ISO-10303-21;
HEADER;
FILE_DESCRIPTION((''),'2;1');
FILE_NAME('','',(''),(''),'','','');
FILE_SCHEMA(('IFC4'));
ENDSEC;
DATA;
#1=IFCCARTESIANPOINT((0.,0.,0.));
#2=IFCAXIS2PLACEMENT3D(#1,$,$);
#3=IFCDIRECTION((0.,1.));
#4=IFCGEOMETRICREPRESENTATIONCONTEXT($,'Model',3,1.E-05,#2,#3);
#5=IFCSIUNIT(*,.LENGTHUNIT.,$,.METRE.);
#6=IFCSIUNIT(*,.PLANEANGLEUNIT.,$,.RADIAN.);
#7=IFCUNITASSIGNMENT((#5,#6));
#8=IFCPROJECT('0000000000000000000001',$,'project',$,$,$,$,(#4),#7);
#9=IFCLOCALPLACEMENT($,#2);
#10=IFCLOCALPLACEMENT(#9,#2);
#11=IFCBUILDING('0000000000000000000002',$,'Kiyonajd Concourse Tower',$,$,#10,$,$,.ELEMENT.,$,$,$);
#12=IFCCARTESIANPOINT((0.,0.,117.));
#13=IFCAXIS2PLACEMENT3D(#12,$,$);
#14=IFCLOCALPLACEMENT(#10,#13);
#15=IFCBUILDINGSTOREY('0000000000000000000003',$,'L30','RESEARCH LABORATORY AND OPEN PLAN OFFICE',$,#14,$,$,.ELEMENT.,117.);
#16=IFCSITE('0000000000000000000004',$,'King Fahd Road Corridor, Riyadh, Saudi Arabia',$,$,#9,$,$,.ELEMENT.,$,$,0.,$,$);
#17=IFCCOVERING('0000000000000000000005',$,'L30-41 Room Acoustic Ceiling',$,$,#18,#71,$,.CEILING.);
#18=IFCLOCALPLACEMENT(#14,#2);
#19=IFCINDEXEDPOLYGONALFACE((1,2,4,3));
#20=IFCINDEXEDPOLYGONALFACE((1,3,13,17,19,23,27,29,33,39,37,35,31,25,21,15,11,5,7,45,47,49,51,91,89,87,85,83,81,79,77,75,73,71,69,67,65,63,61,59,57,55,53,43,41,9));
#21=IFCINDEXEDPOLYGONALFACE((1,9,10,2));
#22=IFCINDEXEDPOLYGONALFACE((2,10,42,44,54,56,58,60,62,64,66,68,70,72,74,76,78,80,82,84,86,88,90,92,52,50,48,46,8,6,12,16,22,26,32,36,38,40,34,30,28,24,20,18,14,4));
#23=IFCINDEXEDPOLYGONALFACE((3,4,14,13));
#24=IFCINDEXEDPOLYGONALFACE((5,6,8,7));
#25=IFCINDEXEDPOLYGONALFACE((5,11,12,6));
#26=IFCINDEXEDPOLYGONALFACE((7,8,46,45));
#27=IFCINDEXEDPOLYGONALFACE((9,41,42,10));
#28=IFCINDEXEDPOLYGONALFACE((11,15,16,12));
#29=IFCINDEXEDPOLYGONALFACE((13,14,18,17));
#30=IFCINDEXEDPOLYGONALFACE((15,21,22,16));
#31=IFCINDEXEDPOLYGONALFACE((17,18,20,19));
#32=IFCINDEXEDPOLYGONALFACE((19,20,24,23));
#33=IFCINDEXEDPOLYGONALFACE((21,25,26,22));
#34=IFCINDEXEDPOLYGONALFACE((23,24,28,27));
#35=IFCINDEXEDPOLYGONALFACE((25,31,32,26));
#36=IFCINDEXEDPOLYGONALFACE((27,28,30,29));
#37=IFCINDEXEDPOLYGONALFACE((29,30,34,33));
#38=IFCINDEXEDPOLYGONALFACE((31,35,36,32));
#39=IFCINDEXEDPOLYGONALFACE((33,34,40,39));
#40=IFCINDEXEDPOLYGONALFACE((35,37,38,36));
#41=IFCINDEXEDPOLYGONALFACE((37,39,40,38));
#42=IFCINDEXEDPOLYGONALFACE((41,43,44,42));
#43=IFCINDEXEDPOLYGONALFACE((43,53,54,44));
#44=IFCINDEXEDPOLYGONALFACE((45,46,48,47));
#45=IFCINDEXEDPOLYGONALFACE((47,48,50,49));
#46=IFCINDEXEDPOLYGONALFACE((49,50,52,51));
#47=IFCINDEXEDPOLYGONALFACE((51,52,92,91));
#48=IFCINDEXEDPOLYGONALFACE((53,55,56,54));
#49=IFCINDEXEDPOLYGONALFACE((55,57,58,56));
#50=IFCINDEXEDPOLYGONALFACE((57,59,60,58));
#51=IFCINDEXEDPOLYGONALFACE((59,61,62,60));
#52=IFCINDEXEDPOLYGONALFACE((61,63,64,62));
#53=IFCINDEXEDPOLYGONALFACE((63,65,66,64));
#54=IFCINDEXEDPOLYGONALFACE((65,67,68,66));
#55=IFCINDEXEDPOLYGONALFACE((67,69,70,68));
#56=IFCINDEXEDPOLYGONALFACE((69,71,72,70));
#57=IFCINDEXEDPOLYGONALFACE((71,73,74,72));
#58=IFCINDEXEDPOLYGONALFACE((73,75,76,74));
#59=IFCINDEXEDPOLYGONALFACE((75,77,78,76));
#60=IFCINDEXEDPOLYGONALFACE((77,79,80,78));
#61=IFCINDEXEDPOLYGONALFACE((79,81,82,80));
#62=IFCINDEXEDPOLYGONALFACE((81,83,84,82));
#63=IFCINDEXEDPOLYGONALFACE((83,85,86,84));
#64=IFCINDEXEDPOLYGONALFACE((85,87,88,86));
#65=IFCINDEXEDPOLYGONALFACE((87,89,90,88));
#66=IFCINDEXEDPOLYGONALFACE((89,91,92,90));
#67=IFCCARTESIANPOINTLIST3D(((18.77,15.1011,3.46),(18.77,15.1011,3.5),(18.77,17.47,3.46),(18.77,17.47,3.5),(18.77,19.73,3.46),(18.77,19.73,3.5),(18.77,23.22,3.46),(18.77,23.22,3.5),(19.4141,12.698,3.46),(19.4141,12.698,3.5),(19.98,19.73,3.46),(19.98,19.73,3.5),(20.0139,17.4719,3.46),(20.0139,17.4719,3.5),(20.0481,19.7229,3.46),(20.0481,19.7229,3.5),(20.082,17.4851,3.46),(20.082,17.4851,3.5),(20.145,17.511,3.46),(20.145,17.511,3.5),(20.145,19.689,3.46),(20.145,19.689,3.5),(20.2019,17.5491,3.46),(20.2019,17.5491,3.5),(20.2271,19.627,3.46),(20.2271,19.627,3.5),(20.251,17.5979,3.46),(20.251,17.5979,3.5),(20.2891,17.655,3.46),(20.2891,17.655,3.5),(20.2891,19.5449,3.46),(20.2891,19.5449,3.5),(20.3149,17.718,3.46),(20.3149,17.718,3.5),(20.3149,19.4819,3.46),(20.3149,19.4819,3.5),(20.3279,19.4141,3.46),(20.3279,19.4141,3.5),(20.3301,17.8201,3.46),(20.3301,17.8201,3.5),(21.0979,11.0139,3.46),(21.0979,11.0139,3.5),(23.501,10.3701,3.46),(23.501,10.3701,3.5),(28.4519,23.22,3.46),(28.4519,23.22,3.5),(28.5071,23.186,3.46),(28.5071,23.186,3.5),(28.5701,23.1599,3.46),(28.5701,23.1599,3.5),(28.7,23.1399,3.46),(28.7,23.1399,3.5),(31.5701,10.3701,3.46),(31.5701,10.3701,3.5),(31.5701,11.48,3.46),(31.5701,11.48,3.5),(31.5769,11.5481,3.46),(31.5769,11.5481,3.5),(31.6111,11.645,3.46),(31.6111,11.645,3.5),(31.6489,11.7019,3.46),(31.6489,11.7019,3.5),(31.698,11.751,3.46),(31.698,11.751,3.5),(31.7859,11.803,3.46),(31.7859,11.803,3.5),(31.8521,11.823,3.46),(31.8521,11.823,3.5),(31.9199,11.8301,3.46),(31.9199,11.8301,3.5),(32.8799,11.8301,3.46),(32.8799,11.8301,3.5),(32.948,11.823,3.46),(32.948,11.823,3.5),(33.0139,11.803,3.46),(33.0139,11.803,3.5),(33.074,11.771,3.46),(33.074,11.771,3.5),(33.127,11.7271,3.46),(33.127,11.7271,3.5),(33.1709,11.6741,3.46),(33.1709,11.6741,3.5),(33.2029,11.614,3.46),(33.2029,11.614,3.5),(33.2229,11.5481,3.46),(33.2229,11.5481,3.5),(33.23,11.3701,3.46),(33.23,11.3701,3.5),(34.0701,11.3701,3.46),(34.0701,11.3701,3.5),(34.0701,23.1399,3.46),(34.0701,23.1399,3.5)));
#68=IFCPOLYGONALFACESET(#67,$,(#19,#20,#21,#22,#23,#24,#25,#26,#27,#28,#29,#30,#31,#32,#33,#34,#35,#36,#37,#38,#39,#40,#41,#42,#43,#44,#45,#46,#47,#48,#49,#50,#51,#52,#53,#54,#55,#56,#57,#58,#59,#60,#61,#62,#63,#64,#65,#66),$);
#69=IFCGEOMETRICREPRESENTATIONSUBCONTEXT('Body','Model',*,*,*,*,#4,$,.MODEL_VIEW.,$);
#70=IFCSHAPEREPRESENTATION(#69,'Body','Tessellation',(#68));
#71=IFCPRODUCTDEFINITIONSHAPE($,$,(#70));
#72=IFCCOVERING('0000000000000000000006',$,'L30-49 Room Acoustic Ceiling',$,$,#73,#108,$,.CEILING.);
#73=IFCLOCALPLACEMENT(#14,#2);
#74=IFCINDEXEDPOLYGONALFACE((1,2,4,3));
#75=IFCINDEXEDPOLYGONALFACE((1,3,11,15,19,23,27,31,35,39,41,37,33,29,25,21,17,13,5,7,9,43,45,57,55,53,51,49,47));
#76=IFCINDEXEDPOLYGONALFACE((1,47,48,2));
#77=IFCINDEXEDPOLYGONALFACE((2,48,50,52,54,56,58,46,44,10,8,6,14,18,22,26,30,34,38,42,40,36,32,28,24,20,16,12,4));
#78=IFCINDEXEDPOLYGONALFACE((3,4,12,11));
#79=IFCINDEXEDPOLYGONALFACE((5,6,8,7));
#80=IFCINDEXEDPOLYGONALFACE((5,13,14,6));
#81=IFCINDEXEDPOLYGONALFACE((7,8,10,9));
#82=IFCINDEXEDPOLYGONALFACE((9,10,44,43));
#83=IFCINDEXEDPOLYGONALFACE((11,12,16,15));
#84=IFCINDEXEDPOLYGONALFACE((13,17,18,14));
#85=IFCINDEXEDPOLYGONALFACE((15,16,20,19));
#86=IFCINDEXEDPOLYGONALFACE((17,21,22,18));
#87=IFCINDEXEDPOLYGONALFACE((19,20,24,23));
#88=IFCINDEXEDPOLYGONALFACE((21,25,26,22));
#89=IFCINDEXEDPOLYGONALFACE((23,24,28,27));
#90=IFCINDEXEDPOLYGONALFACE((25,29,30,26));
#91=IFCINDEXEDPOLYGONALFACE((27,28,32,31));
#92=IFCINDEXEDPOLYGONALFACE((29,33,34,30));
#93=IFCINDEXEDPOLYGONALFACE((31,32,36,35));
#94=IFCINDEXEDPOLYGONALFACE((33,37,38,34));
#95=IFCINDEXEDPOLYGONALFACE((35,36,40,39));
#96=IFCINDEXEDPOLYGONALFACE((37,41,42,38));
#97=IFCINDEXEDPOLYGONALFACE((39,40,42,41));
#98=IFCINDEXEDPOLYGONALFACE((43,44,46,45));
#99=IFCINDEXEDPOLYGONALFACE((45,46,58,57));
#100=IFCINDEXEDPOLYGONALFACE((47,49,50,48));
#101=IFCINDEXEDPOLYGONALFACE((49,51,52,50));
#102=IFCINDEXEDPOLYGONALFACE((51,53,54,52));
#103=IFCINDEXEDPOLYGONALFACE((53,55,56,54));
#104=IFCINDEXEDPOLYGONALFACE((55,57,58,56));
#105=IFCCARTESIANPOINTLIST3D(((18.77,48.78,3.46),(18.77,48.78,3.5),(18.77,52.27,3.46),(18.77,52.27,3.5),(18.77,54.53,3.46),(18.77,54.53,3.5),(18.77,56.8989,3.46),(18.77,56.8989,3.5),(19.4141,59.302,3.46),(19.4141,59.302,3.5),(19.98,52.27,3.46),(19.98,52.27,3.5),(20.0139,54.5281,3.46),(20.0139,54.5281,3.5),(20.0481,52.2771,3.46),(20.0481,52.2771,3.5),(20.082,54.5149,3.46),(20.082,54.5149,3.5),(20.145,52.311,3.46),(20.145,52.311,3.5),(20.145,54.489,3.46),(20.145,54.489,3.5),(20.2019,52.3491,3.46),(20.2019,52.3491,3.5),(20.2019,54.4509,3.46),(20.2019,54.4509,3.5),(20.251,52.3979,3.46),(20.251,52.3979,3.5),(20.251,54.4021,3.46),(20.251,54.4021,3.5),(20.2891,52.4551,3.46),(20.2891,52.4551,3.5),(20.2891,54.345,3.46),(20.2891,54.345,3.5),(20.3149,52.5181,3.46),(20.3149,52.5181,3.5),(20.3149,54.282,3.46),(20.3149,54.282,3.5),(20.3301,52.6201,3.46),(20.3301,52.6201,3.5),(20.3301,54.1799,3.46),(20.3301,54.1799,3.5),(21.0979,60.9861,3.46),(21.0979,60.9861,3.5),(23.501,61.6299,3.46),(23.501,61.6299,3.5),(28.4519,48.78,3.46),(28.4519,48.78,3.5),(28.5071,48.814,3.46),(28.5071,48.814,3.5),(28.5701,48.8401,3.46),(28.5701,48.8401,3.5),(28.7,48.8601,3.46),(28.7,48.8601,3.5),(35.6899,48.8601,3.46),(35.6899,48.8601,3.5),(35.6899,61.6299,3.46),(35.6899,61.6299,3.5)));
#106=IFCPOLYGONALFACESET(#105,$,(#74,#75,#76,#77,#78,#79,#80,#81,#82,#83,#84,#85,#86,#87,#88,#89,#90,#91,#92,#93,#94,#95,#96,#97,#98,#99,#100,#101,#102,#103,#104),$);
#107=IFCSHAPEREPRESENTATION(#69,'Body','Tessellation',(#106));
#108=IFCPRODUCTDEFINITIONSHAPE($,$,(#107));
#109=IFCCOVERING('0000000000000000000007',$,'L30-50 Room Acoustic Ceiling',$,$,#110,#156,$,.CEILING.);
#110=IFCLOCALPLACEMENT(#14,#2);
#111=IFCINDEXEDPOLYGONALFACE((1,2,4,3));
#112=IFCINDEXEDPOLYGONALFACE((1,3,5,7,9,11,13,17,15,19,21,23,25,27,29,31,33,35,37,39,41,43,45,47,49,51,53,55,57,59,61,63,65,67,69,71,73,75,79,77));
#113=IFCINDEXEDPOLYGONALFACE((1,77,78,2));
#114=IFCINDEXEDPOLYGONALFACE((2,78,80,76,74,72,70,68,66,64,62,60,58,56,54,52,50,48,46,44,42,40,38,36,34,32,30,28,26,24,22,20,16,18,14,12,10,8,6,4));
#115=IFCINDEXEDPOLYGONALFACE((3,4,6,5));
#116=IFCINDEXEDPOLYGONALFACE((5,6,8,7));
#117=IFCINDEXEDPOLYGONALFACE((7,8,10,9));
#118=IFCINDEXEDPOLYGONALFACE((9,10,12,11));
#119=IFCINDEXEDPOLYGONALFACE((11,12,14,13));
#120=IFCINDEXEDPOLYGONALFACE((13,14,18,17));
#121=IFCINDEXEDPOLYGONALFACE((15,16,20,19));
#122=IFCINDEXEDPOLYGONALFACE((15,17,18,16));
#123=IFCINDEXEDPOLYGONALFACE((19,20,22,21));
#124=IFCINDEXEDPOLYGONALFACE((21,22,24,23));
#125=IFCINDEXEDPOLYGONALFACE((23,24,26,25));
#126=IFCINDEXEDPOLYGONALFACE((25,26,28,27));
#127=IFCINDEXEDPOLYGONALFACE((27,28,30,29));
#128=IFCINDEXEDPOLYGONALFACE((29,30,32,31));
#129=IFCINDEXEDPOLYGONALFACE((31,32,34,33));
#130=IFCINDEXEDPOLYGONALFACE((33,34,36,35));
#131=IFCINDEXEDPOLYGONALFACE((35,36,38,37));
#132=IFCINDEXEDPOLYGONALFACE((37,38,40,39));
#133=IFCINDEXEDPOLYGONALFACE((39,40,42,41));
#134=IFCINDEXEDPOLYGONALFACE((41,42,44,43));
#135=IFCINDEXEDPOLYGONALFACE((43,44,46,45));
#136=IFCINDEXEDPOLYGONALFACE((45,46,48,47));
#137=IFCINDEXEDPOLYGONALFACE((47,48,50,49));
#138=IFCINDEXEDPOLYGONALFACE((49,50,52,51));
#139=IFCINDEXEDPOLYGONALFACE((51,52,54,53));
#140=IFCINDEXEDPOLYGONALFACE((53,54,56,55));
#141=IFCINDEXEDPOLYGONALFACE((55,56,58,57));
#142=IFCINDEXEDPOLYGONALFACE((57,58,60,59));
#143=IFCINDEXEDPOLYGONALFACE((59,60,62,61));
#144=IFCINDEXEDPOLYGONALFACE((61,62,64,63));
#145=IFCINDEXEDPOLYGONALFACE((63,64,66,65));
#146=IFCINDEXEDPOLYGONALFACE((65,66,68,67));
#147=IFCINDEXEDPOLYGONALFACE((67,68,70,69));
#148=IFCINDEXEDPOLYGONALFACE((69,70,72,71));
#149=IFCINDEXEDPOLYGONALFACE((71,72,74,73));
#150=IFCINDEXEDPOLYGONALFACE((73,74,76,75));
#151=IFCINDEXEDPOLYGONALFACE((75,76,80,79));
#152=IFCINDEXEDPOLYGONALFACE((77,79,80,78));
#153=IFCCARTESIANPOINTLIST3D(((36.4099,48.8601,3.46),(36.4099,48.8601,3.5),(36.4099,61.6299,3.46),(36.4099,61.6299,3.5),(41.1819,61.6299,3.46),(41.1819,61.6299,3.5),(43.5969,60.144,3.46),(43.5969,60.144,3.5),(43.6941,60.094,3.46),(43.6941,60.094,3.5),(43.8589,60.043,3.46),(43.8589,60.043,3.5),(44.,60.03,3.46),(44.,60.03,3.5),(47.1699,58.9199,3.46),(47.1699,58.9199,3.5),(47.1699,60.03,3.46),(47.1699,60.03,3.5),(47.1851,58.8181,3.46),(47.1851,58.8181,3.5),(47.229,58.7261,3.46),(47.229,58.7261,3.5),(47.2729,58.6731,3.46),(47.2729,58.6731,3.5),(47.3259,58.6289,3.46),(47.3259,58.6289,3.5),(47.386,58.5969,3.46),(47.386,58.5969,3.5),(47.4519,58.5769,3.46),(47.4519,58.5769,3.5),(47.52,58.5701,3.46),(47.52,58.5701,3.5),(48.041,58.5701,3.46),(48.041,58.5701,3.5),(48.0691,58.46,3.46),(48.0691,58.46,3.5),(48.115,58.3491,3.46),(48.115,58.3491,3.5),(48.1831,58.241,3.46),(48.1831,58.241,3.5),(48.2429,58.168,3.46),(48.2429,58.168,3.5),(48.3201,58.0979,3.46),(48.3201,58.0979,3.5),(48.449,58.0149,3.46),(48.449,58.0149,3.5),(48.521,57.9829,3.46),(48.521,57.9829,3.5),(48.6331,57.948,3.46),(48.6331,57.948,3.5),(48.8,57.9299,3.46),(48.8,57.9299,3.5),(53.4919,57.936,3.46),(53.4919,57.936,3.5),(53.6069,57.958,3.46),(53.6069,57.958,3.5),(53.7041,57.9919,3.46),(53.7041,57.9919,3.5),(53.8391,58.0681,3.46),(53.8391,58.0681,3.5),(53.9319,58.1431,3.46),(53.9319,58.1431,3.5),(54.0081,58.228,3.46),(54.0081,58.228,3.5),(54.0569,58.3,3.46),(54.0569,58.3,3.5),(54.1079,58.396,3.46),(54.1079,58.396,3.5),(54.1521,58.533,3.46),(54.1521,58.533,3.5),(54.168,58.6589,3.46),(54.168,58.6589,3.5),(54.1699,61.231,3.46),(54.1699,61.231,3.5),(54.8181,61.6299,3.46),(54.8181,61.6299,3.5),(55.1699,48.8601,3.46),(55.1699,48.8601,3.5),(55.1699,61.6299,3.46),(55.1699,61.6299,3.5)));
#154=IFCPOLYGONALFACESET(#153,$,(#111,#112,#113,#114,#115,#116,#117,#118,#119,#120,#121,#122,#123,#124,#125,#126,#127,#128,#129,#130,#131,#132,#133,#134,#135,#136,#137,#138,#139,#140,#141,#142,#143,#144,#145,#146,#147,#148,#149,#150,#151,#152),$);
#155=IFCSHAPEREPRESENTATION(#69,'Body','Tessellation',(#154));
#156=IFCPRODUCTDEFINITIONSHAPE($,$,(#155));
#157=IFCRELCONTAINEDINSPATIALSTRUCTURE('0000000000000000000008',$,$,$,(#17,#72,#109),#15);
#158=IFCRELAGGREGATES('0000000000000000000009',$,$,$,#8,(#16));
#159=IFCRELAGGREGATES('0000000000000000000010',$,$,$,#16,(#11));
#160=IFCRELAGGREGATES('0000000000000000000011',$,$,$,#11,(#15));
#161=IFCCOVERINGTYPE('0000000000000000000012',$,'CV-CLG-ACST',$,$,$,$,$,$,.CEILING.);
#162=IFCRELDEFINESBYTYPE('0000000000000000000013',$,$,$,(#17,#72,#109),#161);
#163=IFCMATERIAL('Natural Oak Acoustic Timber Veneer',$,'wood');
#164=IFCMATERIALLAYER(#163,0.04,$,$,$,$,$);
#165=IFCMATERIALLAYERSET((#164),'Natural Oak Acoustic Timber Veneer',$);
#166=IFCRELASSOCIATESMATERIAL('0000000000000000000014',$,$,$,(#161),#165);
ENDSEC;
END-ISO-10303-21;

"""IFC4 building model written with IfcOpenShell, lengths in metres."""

from ifc_helpers import new_model, si_unit, direction, frame, origin, place, context, subcontext, project, spatial, polyline, outline, extrude, material, layer, layer_set, type_object, element, save


model = new_model("IFC4")

# Units and contexts
model_context = context("Model", 3, precision=1e-05, world=origin(), true_north=direction((0.0, 1.0)))
body_context = subcontext(model_context, "Body", "Model", "MODEL_VIEW")
ifc_project = project(units=[si_unit("LENGTHUNIT", "METRE"), si_unit("PLANEANGLEUNIT", "RADIAN")], contexts=[model_context])

# Site, building, storey
site_placement = place(None, origin())
site = spatial("IfcSite", under=ifc_project, at=site_placement, Name="King Fahd Road Corridor, Riyadh, Saudi Arabia", CompositionType="ELEMENT", RefElevation=0.0)
building_placement = place(site_placement, origin())
building = spatial("IfcBuilding", under=site, at=building_placement, Name="Kiyonajd Concourse Tower", CompositionType="ELEMENT")
storey_placement = place(building_placement, frame((0.0, 0.0, 117.0)))
storey = spatial("IfcBuildingStorey", under=building, at=storey_placement, Name="L30", Description="RESEARCH LABORATORY AND OPEN PLAN OFFICE", CompositionType="ELEMENT", Elevation=117.0)

# Shared definitions
ifc_material_1 = material(Name="Natural Oak Acoustic Timber Veneer", Category="wood")

# Coverings
ifc_layer_1 = layer(ifc_material_1, 0.04)
ifc_layer_set_1 = layer_set([ifc_layer_1], Name="Natural Oak Acoustic Timber Veneer")
covering_type = type_object("IfcCoveringType", Name="CV-CLG-ACST", PredefinedType="CEILING", material=ifc_layer_set_1)
covering_1_placement = place(storey_placement, frame((0.0, 0.0, 3.46)))
element("IfcCovering", 1, at=covering_1_placement, inside=storey, type_object=covering_type, Name="L30-41 Room Acoustic Ceiling", PredefinedType="CEILING", context=body_context, shape_type="SweptSolid", body=[
    extrude(outline(polyline([(19.4141, 12.698), (18.77, 15.1011), (18.77, 17.47), (20.0139, 17.4719), (20.082, 17.4851), (20.145, 17.511), (20.2019, 17.5491), (20.251, 17.5979), (20.2891, 17.655), (20.3149, 17.718), (20.3301, 17.8201), (20.3279, 19.4141), (20.3149, 19.4819), (20.2891, 19.5449), (20.2271, 19.627), (20.145, 19.689), (20.0481, 19.7229), (19.98, 19.73), (18.77, 19.73), (18.77, 23.22), (28.4519, 23.22), (28.5071, 23.186), (28.5701, 23.1599), (28.7, 23.1399), (34.0701, 23.1399), (34.0701, 11.3701), (33.23, 11.3701), (33.2229, 11.5481), (33.2029, 11.614), (33.1709, 11.6741), (33.127, 11.7271), (33.074, 11.771), (33.0139, 11.803), (32.948, 11.823), (32.8799, 11.8301), (31.9199, 11.8301), (31.8521, 11.823), (31.7859, 11.803), (31.698, 11.751), (31.6489, 11.7019), (31.6111, 11.645), (31.5769, 11.5481), (31.5701, 11.48), (31.5701, 10.3701), (23.501, 10.3701), (21.0979, 11.0139), (19.4141, 12.698)])), origin(), (0.0, 0.0, 1.0), 0.04),
])
covering_2_placement = place(storey_placement, frame((0.0, 0.0, 3.46)))
element("IfcCovering", 2, at=covering_2_placement, inside=storey, type_object=covering_type, Name="L30-49 Room Acoustic Ceiling", PredefinedType="CEILING", context=body_context, shape_type="SweptSolid", body=[
    extrude(outline(polyline([(21.0979, 60.9861), (23.501, 61.6299), (35.6899, 61.6299), (35.6899, 48.8601), (28.7, 48.8601), (28.5701, 48.8401), (28.5071, 48.814), (28.4519, 48.78), (18.77, 48.78), (18.77, 52.27), (19.98, 52.27), (20.0481, 52.2771), (20.145, 52.311), (20.2019, 52.3491), (20.251, 52.3979), (20.2891, 52.4551), (20.3149, 52.5181), (20.3301, 52.6201), (20.3301, 54.1799), (20.3149, 54.282), (20.2891, 54.345), (20.251, 54.4021), (20.2019, 54.4509), (20.145, 54.489), (20.082, 54.5149), (20.0139, 54.5281), (18.77, 54.53), (18.77, 56.8989), (19.4141, 59.302), (21.0979, 60.9861)])), origin(), (0.0, 0.0, 1.0), 0.04),
])
covering_3_placement = place(storey_placement, frame((0.0, 0.0, 3.46)))
element("IfcCovering", 3, at=covering_3_placement, inside=storey, type_object=covering_type, Name="L30-50 Room Acoustic Ceiling", PredefinedType="CEILING", context=body_context, shape_type="SweptSolid", body=[
    extrude(outline(polyline([(43.6941, 60.094), (43.8589, 60.043), (44.0, 60.03), (47.1699, 60.03), (47.1699, 58.9199), (47.1851, 58.8181), (47.229, 58.7261), (47.2729, 58.6731), (47.3259, 58.6289), (47.386, 58.5969), (47.4519, 58.5769), (47.52, 58.5701), (48.041, 58.5701), (48.0691, 58.46), (48.115, 58.3491), (48.1831, 58.241), (48.2429, 58.168), (48.3201, 58.0979), (48.449, 58.0149), (48.521, 57.9829), (48.6331, 57.948), (48.8, 57.9299), (53.4919, 57.936), (53.6069, 57.958), (53.7041, 57.9919), (53.8391, 58.0681), (53.9319, 58.1431), (54.0081, 58.228), (54.0569, 58.3), (54.1079, 58.396), (54.1521, 58.533), (54.168, 58.6589), (54.1699, 61.231), (54.8181, 61.6299), (55.1699, 61.6299), (55.1699, 48.8601), (36.4099, 48.8601), (36.4099, 61.6299), (41.1819, 61.6299), (43.5969, 60.144), (43.6941, 60.094)])), origin(), (0.0, 0.0, 1.0), 0.04),
])

save(model, "model.ifc")
